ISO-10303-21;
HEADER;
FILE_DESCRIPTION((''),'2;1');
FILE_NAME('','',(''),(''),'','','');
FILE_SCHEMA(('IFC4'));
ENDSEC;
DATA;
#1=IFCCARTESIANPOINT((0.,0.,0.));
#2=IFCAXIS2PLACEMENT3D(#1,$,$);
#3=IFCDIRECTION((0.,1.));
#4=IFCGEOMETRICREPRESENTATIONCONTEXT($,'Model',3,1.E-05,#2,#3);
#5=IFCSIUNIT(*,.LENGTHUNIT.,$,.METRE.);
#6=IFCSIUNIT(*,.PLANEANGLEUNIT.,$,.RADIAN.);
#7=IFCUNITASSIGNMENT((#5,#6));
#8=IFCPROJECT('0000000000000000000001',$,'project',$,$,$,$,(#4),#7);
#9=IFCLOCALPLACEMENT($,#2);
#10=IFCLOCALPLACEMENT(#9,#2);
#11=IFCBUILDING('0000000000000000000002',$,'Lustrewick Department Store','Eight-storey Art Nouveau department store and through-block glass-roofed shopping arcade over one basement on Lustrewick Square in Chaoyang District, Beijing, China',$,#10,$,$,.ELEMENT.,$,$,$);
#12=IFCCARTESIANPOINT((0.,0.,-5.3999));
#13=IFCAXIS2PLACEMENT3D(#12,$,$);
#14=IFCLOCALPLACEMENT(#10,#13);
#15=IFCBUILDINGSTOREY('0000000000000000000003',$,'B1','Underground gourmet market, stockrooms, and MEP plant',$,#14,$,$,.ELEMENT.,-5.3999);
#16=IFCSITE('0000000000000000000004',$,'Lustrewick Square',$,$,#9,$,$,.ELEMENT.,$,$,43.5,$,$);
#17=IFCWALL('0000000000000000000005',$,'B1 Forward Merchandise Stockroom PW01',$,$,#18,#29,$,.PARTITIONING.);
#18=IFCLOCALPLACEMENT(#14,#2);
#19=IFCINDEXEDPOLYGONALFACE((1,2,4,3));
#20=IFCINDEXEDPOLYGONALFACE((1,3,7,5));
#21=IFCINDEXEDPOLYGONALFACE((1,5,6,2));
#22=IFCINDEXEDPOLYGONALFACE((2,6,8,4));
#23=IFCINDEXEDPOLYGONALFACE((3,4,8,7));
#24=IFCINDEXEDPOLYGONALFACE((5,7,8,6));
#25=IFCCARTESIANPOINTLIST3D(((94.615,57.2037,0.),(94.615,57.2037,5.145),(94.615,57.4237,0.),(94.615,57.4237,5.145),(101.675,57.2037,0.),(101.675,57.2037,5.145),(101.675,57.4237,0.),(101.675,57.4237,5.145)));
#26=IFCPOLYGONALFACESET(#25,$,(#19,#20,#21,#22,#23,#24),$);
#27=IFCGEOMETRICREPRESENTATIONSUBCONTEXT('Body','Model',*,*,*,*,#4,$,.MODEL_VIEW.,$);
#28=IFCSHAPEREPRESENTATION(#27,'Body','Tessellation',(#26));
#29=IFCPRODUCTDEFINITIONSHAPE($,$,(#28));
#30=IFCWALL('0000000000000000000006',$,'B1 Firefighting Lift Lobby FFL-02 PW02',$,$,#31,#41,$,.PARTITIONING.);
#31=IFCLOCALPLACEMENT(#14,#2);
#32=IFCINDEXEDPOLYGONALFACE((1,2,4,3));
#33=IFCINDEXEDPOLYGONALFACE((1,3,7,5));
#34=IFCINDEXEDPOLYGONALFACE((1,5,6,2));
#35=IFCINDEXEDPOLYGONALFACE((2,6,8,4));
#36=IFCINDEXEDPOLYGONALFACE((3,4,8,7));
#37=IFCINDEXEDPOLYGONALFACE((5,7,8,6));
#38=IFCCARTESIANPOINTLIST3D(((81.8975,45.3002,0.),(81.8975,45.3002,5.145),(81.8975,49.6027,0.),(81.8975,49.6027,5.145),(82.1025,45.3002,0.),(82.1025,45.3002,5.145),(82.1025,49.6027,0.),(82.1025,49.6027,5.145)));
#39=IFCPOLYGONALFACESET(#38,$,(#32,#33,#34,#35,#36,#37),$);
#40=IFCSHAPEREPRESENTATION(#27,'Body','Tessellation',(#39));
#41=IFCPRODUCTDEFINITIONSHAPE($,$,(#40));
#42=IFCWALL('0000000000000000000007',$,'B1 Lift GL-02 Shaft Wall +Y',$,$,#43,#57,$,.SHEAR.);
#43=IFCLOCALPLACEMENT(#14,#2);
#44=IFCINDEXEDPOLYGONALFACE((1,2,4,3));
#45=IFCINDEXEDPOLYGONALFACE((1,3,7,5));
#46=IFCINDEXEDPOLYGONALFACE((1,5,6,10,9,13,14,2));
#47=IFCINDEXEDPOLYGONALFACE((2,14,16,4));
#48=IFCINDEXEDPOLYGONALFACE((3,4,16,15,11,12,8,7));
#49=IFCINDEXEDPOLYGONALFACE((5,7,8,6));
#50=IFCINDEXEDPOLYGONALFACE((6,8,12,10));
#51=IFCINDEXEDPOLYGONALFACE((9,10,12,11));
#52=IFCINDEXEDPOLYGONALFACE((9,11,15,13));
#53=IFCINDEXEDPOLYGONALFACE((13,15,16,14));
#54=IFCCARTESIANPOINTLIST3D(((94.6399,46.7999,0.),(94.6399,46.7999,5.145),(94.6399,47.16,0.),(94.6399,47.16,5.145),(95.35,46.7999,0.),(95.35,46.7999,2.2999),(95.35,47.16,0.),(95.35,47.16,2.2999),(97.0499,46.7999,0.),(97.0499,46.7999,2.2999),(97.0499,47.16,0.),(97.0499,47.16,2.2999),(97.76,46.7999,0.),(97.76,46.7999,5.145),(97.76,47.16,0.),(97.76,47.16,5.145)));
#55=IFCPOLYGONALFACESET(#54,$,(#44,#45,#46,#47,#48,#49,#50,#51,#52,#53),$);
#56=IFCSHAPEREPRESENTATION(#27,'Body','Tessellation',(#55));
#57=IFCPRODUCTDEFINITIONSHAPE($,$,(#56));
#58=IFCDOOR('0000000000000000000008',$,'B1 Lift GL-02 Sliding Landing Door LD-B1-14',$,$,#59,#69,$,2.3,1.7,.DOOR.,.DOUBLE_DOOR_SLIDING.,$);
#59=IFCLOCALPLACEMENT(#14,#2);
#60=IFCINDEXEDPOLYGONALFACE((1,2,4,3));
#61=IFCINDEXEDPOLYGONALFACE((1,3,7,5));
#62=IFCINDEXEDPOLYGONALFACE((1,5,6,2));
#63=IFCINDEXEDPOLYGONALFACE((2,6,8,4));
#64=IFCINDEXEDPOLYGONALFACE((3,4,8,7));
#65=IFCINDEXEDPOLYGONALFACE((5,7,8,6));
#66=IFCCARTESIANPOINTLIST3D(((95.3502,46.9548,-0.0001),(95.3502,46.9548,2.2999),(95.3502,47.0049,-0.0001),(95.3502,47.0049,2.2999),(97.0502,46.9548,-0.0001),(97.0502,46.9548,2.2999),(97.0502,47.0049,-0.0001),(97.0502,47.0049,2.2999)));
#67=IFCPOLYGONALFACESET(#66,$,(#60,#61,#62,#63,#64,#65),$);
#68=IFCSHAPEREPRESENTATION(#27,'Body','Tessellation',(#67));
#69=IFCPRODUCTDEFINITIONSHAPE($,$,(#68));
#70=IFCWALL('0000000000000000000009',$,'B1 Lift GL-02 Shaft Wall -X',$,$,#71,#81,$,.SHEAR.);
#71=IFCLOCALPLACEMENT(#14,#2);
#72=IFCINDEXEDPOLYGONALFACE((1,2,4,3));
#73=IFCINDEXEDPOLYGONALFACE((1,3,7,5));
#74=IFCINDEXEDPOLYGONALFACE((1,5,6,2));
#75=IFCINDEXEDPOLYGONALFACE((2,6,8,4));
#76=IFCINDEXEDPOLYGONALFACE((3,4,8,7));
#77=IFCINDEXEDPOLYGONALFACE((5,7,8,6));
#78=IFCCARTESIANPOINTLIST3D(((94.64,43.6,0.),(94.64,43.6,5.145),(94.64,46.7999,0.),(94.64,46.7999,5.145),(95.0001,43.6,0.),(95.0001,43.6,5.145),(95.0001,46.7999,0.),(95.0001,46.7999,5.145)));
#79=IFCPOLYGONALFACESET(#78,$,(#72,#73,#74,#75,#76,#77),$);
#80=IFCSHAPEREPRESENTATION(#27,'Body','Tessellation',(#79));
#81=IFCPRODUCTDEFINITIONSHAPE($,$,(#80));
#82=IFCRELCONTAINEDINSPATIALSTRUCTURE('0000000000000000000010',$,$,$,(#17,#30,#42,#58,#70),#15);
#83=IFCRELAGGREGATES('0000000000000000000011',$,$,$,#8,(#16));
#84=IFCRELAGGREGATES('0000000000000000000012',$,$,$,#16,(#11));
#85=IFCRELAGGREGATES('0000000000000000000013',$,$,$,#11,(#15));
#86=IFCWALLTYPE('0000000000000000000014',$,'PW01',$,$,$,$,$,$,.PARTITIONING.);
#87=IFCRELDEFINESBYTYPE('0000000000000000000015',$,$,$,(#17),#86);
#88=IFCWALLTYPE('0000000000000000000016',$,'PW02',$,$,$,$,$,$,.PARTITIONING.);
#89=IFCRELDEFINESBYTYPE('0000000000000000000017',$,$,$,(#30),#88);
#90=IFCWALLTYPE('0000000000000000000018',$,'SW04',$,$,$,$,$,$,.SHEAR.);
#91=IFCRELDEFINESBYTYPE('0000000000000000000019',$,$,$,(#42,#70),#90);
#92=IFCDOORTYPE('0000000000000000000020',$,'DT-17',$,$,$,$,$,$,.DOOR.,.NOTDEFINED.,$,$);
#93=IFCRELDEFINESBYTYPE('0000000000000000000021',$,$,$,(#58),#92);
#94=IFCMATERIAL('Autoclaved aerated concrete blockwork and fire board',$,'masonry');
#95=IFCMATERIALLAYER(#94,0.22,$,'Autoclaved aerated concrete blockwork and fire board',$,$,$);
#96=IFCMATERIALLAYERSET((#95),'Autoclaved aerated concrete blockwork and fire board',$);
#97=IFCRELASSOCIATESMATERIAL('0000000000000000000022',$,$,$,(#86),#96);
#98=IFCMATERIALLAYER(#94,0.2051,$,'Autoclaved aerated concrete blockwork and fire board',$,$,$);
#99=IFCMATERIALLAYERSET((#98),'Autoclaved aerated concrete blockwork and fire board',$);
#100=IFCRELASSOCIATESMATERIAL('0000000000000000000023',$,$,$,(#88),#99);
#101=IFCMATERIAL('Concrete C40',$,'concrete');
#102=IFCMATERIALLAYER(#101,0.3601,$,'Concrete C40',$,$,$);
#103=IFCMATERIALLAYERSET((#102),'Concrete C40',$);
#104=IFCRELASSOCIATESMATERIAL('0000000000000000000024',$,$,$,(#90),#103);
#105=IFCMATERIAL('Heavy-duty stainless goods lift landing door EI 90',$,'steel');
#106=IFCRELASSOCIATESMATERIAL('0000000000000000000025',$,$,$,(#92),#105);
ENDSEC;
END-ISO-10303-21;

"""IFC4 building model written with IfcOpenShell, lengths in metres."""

from ifc_helpers import new_model, si_unit, direction, frame, frame_2d, origin, place, context, subcontext, project, spatial, rectangle, extrude, material, layer, layer_set, type_object, element, fill, save


model = new_model("IFC4")

# Units and contexts
model_context = context("Model", 3, precision=1e-05, world=origin(), true_north=direction((0.0, 1.0)))
body_context = subcontext(model_context, "Body", "Model", "MODEL_VIEW")
ifc_project = project(units=[si_unit("LENGTHUNIT", "METRE"), si_unit("PLANEANGLEUNIT", "RADIAN")], contexts=[model_context])

# Site, building, storey
site_placement = place(None, origin())
site = spatial("IfcSite", under=ifc_project, at=site_placement, Name="Lustrewick Square", CompositionType="ELEMENT", RefElevation=43.5)
building_placement = place(site_placement, origin())
building = spatial("IfcBuilding", under=site, at=building_placement, Name="Lustrewick Department Store", Description="Eight-storey Art Nouveau department store and through-block glass-roofed shopping arcade over one basement on Lustrewick Square in Chaoyang District, Beijing, China", CompositionType="ELEMENT")
storey_placement = place(building_placement, frame((0.0, 0.0, -5.3999)))
storey = spatial("IfcBuildingStorey", under=building, at=storey_placement, Name="B1", Description="Underground gourmet market, stockrooms, and MEP plant", CompositionType="ELEMENT", Elevation=-5.3999)

# Shared definitions
ifc_material_1 = material(Name="Concrete C40", Category="concrete")

# Wall
ifc_material_2 = material(Name="Autoclaved aerated concrete blockwork and fire board", Category="masonry")
ifc_layer_1 = layer(ifc_material_2, 0.22, Name="Autoclaved aerated concrete blockwork and fire board")
ifc_layer_set_1 = layer_set([ifc_layer_1], Name="Autoclaved aerated concrete blockwork and fire board")
wall_type_1 = type_object("IfcWallType", Name="PW01", PredefinedType="PARTITIONING", material=ifc_layer_set_1)
wall_1_placement = place(storey_placement, frame((94.615, 57.3137, 0.0), z_axis=(0.0, 0.0, 1.0), x_axis=(1.0, 0.0, 0.0)))
element("IfcWall", 1, at=wall_1_placement, inside=storey, type_object=wall_type_1, Name="B1 Forward Merchandise Stockroom PW01", PredefinedType="PARTITIONING", context=body_context, shape_type="SweptSolid", body=[
    extrude(rectangle(XDim=7.0601, YDim=0.22, at=frame_2d((3.53, 0.0))), origin(), (0.0, 0.0, 1.0), 5.145),
])

# Shared definitions
ifc_layer_2 = layer(ifc_material_2, 0.2051, Name="Autoclaved aerated concrete blockwork and fire board")
ifc_layer_set_2 = layer_set([ifc_layer_2], Name="Autoclaved aerated concrete blockwork and fire board")
wall_type_2 = type_object("IfcWallType", Name="PW02", PredefinedType="PARTITIONING", material=ifc_layer_set_2)

# Wall
wall_2_placement = place(storey_placement, frame((82.0, 45.3, 0.0), z_axis=(0.0, 0.0, 1.0), x_axis=(0.0, 1.0, 0.0)))
element("IfcWall", 2, at=wall_2_placement, inside=storey, type_object=wall_type_2, Name="B1 Firefighting Lift Lobby FFL-02 PW02", PredefinedType="PARTITIONING", context=body_context, shape_type="SweptSolid", body=[
    extrude(rectangle(XDim=4.3025, YDim=0.2051, at=frame_2d((2.1514, 0.0))), origin(), (0.0, 0.0, 1.0), 5.145),
])

# Wall, opening, door
ifc_layer_3 = layer(ifc_material_1, 0.3601, Name="Concrete C40")
ifc_layer_set_3 = layer_set([ifc_layer_3], Name="Concrete C40")
wall_type_3 = type_object("IfcWallType", Name="SW04", PredefinedType="SHEAR", material=ifc_layer_set_3)
wall_3_placement = place(storey_placement, frame((97.76, 46.98, 0.0), z_axis=(0.0, 0.0, 1.0), x_axis=(-1.0, 0.0, 0.0)))
wall_3 = element("IfcWall", 3, at=wall_3_placement, inside=storey, type_object=wall_type_3, Name="B1 Lift GL-02 Shaft Wall +Y", PredefinedType="SHEAR", context=body_context, shape_type="SweptSolid", body=[
    extrude(rectangle(XDim=3.1201, YDim=0.3601, at=frame_2d((1.5601, 0.0))), origin(), (0.0, 0.0, 1.0), 5.145),
])
opening_1_placement = place(wall_3_placement, frame((0.71, 0.0, 0.0)))
opening_1 = element("IfcOpeningElement", 4, at=opening_1_placement, cuts=wall_3, PredefinedType="OPENING", context=body_context, shape_type="SweptSolid", body=[
    extrude(rectangle(XDim=1.7, YDim=2.3, at=frame_2d((0.8501, 1.1499))), frame((0.0, 0.1899, 0.0), z_axis=(0.0, -1.0, 0.0), x_axis=(1.0, 0.0, 0.0)), (0.0, 0.0, 1.0), 0.3801),
])
ifc_material_3 = material(Name="Heavy-duty stainless goods lift landing door EI 90", Category="steel")
door_type_1 = type_object("IfcDoorType", Name="DT-17", OperationType="NOTDEFINED", PredefinedType="DOOR", material=ifc_material_3)
door_1_placement = place(opening_1_placement, frame((1.7, 0.0, 0.0), z_axis=(0.0, 0.0, 1.0), x_axis=(-1.0, 0.0, 0.0)))
door_1 = element("IfcDoor", 5, at=door_1_placement, inside=storey, type_object=door_type_1, Name="B1 Lift GL-02 Sliding Landing Door LD-B1-14", OperationType="DOUBLE_DOOR_SLIDING", OverallHeight=2.3, OverallWidth=1.7, PredefinedType="DOOR", context=body_context, shape_type="SweptSolid", body=[
    extrude(rectangle(XDim=1.7, YDim=2.3, at=frame_2d((0.8501, 1.1499))), frame((0.0, 0.0249, 0.0), z_axis=(0.0, -1.0, 0.0), x_axis=(1.0, 0.0, 0.0)), (0.0, 0.0, 1.0), 0.05),
])
fill(opening_1, door_1)

# Wall
wall_4_placement = place(storey_placement, frame((94.8201, 46.8, 0.0), z_axis=(0.0, 0.0, 1.0), x_axis=(0.0, -1.0, 0.0)))
element("IfcWall", 6, at=wall_4_placement, inside=storey, type_object=wall_type_3, Name="B1 Lift GL-02 Shaft Wall -X", PredefinedType="SHEAR", context=body_context, shape_type="SweptSolid", body=[
    extrude(rectangle(XDim=3.2, YDim=0.3601, at=frame_2d((1.6001, 0.0))), origin(), (0.0, 0.0, 1.0), 5.145),
])

save(model, "model.ifc")
